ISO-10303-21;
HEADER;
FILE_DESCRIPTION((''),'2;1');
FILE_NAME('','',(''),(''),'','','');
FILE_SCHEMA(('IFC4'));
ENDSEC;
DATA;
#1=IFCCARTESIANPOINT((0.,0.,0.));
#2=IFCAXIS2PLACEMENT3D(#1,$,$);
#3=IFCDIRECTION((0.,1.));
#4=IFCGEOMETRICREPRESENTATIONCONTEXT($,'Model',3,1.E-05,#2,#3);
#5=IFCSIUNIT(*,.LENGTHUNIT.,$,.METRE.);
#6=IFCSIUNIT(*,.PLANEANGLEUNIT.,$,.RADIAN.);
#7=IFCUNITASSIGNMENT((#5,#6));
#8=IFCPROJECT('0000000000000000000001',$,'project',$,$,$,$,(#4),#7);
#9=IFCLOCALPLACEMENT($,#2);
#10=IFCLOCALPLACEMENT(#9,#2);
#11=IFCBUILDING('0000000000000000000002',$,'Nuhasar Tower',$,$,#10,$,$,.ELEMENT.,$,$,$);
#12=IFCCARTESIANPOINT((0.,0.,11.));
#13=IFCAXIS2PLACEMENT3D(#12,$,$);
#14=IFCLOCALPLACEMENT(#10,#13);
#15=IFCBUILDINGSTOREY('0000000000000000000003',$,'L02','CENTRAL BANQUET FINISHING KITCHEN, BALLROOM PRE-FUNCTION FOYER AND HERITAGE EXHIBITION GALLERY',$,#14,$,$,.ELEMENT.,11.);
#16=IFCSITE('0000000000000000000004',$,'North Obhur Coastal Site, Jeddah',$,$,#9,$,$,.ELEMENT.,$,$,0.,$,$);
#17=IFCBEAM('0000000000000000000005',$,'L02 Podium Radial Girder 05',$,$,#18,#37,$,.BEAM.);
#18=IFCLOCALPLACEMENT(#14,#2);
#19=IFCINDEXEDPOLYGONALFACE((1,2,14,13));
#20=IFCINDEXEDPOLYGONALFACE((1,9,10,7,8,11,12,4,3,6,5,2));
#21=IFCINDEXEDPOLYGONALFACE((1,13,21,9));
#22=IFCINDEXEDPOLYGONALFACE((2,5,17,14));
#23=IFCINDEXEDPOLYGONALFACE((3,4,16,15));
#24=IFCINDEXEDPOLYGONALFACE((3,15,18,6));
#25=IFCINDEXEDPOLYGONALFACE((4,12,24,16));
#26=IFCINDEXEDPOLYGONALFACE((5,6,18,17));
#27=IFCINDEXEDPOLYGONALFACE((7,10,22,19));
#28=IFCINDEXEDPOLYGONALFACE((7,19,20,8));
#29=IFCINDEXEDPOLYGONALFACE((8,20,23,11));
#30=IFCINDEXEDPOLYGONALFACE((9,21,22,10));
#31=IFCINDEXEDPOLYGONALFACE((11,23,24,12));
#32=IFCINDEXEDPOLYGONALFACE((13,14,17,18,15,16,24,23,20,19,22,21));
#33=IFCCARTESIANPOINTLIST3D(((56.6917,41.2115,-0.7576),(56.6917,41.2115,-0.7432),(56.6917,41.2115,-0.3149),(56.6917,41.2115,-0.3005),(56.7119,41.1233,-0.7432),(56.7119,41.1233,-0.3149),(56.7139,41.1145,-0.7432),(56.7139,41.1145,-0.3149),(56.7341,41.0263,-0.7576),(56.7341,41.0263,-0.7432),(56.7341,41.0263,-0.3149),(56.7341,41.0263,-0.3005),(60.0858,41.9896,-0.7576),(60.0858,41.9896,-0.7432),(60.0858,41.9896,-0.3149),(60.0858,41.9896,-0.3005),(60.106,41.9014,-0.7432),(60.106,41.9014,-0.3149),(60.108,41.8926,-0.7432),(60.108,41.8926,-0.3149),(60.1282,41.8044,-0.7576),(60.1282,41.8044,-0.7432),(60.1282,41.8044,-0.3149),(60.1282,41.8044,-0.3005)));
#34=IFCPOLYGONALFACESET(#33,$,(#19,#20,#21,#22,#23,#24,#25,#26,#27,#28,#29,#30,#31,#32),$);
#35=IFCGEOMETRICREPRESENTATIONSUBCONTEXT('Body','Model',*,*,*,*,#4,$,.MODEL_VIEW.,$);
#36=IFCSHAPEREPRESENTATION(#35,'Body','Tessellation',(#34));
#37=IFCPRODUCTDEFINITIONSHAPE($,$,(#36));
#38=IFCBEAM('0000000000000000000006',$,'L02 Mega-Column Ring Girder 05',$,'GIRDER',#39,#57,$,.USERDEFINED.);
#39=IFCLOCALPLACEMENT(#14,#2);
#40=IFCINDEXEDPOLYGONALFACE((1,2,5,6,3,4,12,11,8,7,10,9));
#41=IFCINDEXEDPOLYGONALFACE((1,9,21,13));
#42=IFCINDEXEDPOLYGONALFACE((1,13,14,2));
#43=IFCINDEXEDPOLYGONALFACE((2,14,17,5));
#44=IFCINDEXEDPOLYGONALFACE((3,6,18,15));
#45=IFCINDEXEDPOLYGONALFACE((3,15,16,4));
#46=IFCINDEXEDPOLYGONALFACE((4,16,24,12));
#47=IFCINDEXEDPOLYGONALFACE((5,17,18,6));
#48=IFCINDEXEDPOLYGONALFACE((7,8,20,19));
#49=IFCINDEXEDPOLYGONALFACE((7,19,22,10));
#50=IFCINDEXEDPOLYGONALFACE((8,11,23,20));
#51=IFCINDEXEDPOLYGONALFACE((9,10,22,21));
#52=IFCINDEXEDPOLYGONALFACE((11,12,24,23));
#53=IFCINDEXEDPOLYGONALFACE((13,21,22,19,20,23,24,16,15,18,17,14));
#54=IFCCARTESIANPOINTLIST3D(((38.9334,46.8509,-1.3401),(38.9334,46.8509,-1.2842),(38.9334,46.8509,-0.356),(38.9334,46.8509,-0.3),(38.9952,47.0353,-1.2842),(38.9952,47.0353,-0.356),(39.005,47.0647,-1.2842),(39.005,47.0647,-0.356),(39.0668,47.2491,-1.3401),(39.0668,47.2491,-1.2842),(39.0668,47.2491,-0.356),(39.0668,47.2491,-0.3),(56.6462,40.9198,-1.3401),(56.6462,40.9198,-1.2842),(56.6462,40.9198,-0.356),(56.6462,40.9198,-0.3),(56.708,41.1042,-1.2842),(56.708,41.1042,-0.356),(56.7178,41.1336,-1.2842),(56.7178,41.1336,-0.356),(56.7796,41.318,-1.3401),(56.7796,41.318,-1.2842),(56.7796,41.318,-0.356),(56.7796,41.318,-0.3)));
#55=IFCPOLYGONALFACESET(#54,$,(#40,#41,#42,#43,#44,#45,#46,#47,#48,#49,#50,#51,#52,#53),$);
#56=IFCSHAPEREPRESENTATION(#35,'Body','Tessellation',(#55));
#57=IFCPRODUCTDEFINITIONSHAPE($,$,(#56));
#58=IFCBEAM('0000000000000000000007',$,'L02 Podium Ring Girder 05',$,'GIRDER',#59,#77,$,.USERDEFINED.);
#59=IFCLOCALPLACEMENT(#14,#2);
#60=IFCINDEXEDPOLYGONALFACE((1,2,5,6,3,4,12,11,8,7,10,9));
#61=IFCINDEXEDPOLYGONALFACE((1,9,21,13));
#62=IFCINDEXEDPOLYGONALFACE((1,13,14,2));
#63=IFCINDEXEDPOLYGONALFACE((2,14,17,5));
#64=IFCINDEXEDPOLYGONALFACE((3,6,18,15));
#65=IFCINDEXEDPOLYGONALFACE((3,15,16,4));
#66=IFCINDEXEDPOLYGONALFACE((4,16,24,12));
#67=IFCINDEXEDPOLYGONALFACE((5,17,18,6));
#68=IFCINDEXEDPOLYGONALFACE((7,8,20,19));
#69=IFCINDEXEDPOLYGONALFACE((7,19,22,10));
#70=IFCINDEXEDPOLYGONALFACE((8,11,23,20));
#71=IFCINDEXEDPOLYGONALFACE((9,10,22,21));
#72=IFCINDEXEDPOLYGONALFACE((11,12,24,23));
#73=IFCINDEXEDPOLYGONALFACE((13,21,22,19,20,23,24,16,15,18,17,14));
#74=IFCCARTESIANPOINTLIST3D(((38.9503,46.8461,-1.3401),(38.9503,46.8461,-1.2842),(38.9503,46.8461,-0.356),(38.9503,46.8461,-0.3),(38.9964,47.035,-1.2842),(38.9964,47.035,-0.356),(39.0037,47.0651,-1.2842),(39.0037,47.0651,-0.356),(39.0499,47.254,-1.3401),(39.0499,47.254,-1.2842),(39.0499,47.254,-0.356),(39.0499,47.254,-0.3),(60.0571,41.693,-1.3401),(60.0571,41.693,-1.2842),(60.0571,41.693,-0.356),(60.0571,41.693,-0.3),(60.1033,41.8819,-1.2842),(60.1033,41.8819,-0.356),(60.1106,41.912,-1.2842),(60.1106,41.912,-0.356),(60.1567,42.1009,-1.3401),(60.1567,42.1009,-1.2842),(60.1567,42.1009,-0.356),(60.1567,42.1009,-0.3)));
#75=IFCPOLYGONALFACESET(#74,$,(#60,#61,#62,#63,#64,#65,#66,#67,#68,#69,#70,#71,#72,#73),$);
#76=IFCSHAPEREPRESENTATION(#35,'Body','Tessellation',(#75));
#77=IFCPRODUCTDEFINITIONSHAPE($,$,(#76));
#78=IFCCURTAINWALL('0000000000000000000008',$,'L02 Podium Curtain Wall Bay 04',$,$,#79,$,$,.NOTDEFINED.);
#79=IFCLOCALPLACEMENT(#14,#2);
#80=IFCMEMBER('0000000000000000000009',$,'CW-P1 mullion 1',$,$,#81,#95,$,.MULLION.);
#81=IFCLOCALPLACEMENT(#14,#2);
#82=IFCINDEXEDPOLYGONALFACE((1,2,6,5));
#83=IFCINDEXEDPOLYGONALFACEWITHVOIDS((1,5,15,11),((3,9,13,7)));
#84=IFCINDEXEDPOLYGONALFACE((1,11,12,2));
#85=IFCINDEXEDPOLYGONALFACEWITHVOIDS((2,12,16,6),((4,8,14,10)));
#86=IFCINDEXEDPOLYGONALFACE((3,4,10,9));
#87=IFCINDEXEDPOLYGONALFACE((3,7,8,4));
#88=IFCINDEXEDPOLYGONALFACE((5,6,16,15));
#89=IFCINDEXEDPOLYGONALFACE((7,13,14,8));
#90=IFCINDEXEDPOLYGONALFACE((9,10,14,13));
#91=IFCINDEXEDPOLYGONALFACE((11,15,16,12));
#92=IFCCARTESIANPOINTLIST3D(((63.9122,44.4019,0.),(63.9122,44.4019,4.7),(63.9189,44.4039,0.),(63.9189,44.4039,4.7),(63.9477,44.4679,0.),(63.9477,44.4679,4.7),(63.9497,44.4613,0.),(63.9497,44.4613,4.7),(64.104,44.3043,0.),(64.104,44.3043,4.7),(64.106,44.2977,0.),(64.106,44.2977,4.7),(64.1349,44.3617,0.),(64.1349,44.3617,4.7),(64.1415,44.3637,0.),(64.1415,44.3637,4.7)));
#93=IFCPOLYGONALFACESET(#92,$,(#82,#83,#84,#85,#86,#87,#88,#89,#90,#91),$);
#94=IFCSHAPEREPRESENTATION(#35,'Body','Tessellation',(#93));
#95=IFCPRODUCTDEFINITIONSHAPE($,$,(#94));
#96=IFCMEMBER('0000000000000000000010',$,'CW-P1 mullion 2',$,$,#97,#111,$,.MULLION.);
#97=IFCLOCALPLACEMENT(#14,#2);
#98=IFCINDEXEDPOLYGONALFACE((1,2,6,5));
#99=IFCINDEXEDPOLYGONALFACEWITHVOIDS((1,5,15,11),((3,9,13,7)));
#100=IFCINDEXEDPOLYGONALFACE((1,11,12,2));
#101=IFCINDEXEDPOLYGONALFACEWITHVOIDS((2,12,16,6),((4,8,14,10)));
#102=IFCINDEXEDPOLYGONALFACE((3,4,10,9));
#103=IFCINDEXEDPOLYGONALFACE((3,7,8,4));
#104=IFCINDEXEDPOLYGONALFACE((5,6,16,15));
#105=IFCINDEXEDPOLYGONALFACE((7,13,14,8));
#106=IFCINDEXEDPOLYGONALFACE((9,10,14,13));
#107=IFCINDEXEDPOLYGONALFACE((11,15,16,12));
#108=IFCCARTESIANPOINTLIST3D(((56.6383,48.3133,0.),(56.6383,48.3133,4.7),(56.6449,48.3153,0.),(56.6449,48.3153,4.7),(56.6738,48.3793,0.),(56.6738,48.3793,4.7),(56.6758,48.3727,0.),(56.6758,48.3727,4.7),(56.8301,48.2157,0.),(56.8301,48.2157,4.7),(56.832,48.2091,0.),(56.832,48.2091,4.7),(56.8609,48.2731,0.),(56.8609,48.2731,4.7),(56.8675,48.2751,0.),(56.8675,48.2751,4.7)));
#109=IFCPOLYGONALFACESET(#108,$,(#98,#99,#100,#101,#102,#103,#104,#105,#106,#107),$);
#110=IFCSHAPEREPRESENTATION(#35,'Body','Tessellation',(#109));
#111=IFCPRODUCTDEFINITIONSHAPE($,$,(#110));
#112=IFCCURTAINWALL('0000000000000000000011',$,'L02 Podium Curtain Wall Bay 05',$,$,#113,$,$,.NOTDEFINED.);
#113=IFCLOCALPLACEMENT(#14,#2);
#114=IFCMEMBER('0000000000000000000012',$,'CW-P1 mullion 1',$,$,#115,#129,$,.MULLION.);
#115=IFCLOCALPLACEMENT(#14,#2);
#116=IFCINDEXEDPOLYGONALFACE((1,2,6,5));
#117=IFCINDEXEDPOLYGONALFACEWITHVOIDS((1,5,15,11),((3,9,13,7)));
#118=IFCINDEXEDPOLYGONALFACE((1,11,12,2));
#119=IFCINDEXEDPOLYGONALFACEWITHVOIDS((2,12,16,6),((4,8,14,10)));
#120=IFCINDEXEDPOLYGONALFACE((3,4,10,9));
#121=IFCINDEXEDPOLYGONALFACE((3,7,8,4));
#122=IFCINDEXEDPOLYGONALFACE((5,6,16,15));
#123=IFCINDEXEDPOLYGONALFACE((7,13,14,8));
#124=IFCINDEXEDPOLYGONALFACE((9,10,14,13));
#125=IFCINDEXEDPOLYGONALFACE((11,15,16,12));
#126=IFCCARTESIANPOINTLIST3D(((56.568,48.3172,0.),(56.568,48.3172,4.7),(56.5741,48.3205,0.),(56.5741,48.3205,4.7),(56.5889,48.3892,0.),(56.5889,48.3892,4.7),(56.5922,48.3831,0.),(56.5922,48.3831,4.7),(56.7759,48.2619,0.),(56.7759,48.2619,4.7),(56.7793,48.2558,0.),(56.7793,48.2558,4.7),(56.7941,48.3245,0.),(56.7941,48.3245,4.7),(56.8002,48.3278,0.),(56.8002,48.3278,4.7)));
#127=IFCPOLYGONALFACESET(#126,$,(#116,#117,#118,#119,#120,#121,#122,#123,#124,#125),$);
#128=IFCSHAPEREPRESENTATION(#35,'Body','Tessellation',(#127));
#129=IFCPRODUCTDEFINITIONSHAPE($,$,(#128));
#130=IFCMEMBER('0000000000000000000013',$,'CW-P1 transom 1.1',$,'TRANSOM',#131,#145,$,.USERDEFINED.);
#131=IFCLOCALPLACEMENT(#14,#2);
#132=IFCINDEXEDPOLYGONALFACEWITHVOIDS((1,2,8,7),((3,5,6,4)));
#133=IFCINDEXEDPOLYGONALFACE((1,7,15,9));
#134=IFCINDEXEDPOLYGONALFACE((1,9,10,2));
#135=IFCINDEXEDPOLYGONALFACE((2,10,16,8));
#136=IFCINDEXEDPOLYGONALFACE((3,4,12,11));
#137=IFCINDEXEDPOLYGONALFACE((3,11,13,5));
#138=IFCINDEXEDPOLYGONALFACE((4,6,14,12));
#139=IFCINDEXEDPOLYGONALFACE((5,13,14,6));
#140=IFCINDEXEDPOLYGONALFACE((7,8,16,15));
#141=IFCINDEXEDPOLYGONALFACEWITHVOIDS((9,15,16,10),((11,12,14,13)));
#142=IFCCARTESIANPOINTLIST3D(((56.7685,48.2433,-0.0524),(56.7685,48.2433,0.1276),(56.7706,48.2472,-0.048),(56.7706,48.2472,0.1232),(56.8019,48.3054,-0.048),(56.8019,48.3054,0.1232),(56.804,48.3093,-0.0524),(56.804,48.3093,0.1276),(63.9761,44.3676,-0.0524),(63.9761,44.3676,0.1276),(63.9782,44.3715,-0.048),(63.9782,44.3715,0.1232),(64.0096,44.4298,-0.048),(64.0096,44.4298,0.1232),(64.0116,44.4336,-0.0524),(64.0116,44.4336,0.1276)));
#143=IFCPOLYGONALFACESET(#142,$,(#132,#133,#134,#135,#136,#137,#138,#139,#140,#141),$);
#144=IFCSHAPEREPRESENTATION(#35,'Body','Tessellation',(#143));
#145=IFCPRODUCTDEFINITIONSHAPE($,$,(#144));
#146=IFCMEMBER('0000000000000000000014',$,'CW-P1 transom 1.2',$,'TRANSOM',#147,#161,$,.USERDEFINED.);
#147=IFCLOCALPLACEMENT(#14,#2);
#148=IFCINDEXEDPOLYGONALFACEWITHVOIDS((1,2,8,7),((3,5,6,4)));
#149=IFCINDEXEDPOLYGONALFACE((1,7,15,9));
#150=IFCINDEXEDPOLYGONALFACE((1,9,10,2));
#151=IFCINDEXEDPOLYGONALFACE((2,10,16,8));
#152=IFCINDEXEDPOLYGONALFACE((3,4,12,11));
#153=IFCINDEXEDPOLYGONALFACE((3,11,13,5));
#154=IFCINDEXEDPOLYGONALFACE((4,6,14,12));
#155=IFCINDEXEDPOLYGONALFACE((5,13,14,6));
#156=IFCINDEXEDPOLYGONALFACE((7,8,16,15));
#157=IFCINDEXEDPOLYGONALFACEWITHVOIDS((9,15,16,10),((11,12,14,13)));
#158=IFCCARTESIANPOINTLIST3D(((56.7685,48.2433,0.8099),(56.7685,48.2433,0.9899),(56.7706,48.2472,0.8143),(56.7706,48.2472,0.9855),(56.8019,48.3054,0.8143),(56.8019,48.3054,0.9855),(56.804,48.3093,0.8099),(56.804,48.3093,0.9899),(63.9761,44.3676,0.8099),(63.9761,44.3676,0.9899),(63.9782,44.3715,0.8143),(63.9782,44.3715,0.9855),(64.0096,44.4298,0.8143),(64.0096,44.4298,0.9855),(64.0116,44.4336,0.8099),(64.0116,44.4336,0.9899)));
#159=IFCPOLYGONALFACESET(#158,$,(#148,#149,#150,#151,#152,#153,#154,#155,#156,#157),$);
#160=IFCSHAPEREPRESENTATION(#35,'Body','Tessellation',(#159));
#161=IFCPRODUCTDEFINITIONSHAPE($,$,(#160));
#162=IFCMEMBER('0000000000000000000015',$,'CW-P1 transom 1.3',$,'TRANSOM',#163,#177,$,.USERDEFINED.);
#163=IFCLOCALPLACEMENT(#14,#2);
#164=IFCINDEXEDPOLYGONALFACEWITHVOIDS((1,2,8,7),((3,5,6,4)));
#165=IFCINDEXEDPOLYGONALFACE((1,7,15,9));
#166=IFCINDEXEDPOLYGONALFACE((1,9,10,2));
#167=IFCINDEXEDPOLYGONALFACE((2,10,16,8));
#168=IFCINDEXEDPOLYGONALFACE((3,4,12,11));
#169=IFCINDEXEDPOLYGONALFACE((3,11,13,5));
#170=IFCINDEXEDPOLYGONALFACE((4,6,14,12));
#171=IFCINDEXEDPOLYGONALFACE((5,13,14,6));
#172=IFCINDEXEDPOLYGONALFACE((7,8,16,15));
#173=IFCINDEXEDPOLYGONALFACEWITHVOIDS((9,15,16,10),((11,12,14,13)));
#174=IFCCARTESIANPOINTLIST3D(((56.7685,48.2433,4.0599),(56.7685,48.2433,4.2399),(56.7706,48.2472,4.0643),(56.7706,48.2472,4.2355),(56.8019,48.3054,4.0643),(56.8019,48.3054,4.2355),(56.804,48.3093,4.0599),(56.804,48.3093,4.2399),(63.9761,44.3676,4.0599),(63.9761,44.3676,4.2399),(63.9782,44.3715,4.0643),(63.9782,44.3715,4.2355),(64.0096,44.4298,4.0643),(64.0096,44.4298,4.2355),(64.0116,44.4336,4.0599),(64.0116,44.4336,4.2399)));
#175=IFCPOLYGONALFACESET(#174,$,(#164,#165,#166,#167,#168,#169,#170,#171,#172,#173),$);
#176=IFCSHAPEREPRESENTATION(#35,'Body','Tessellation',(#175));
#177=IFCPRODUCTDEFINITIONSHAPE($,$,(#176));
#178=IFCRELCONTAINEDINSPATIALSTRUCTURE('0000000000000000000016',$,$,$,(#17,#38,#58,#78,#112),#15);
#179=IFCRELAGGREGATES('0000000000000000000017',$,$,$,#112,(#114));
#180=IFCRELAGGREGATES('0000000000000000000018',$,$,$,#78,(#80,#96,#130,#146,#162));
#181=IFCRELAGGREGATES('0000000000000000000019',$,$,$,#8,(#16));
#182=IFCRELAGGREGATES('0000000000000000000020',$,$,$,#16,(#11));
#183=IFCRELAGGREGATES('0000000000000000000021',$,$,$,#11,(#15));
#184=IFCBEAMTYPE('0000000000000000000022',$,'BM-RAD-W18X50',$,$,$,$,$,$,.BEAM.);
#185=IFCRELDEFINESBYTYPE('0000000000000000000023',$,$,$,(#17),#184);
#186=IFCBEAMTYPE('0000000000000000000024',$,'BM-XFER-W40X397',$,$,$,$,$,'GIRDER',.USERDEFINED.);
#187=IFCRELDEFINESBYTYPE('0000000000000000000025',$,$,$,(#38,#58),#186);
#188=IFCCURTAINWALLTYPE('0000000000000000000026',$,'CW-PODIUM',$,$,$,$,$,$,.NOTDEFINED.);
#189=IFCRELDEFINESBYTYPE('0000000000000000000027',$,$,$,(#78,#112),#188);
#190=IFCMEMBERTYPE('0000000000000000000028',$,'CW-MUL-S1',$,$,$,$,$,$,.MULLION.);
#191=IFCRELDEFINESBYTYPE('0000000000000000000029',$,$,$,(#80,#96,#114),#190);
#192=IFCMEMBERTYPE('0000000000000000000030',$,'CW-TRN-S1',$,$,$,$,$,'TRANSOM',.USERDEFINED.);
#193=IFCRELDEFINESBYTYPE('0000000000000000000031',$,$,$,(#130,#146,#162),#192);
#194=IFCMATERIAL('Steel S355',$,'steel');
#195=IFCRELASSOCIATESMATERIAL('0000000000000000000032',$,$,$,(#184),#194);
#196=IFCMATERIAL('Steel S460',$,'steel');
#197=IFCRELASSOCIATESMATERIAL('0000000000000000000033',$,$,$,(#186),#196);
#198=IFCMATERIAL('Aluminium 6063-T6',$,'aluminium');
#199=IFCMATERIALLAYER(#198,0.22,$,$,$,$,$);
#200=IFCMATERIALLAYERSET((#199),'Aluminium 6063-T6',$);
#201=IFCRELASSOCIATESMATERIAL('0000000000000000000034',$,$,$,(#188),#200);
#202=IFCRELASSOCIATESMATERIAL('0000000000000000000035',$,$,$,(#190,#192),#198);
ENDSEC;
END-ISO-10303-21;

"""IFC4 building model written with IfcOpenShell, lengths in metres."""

from ifc_helpers import new_model, si_unit, direction, frame, origin, origin_2d, place, context, subcontext, project, spatial, hollow_rectangle, i_section, extrude, material, layer, layer_set, material_profile, profile_set, type_object, element, aggregate, save


model = new_model("IFC4")

# Units and contexts
model_context = context("Model", 3, precision=1e-05, world=origin(), true_north=direction((0.0, 1.0)))
body_context = subcontext(model_context, "Body", "Model", "MODEL_VIEW")
ifc_project = project(units=[si_unit("LENGTHUNIT", "METRE"), si_unit("PLANEANGLEUNIT", "RADIAN")], contexts=[model_context])

# Site, building, storey
site_placement = place(None, origin())
site = spatial("IfcSite", under=ifc_project, at=site_placement, Name="North Obhur Coastal Site, Jeddah", CompositionType="ELEMENT", RefElevation=0.0)
building_placement = place(site_placement, origin())
building = spatial("IfcBuilding", under=site, at=building_placement, Name="Nuhasar Tower", CompositionType="ELEMENT")
storey_placement = place(building_placement, frame((0.0, 0.0, 11.0)))
storey = spatial("IfcBuildingStorey", under=building, at=storey_placement, Name="L02", Description="CENTRAL BANQUET FINISHING KITCHEN, BALLROOM PRE-FUNCTION FOYER AND HERITAGE EXHIBITION GALLERY", CompositionType="ELEMENT", Elevation=11.0)

# Beams
ifc_material_1 = material(Name="Steel S355", Category="steel")
ifc_material_profile_1 = material_profile(ifc_material_1, i_section(OverallWidth=0.1899, OverallDepth=0.457, WebThickness=0.009, FlangeThickness=0.0144, at=origin_2d()), Name="W18X50")
ifc_profile_set_1 = profile_set([ifc_material_profile_1], Name="Steel S355")
beam_type_1 = type_object("IfcBeamType", Name="BM-RAD-W18X50", PredefinedType="BEAM", material=ifc_profile_set_1)
beam_1_placement = place(storey_placement, frame((56.7129, 41.1189, -0.5291), z_axis=(0.974715, 0.223451, 0.0), x_axis=(-0.223451, 0.974715, 0.0)))
element("IfcBeam", 1, at=beam_1_placement, inside=storey, type_object=beam_type_1, Name="L02 Podium Radial Girder 05", PredefinedType="BEAM", context=body_context, shape_type="SweptSolid", body=[
    extrude(i_section(OverallWidth=0.1899, OverallDepth=0.457, WebThickness=0.009, FlangeThickness=0.0144, at=origin_2d()), origin(), (0.0, 0.0, 1.0), 3.4822),
])
ifc_material_2 = material(Name="Steel S460", Category="steel")
ifc_material_profile_2 = material_profile(ifc_material_2, i_section(OverallWidth=0.4199, OverallDepth=1.04, WebThickness=0.031, FlangeThickness=0.0559, at=origin_2d()), Name="W40X397")
ifc_profile_set_2 = profile_set([ifc_material_profile_2], Name="Steel S460")
beam_type_2 = type_object("IfcBeamType", Name="BM-XFER-W40X397", ElementType="GIRDER", PredefinedType="USERDEFINED", material=ifc_profile_set_2)
beam_2_placement = place(storey_placement, frame((56.7129, 41.1189, -0.8201), z_axis=(-0.948251, 0.317521, 0.0), x_axis=(-0.317521, -0.948251, 0.0)))
element("IfcBeam", 2, at=beam_2_placement, inside=storey, type_object=beam_type_2, Name="L02 Mega-Column Ring Girder 05", ObjectType="GIRDER", PredefinedType="USERDEFINED", context=body_context, shape_type="SweptSolid", body=[
    extrude(i_section(OverallWidth=0.4199, OverallDepth=1.04, WebThickness=0.031, FlangeThickness=0.0559, at=origin_2d()), origin(), (0.0, 0.0, 1.0), 18.6794),
])
beam_3_placement = place(storey_placement, frame((60.1069, 41.897, -0.8201), z_axis=(-0.971467, 0.237175, 0.0), x_axis=(-0.237175, -0.971467, 0.0)))
element("IfcBeam", 3, at=beam_3_placement, inside=storey, type_object=beam_type_2, Name="L02 Podium Ring Girder 05", ObjectType="GIRDER", PredefinedType="USERDEFINED", context=body_context, shape_type="SweptSolid", body=[
    extrude(i_section(OverallWidth=0.4199, OverallDepth=1.04, WebThickness=0.031, FlangeThickness=0.0559, at=origin_2d()), origin(), (0.0, 0.0, 1.0), 21.7268),
])

# Curtain wall, members
ifc_material_3 = material(Name="Aluminium 6063-T6", Category="aluminium")
ifc_layer_1 = layer(ifc_material_3, 0.22)
ifc_layer_set_1 = layer_set([ifc_layer_1], Name="Aluminium 6063-T6")
curtain_wall_type = type_object("IfcCurtainWallType", Name="CW-PODIUM", PredefinedType="NOTDEFINED", material=ifc_layer_set_1)
curtain_wall_1_placement = place(storey_placement, origin())
curtain_wall_1 = element("IfcCurtainWall", 4, at=curtain_wall_1_placement, inside=storey, type_object=curtain_wall_type, Name="L02 Podium Curtain Wall Bay 04", PredefinedType="NOTDEFINED")
ifc_material_profile_3 = material_profile(ifc_material_3, hollow_rectangle(XDim=0.075, YDim=0.22, WallThickness=0.0049, at=origin_2d()), Name="CWM-1")
ifc_profile_set_3 = profile_set([ifc_material_profile_3], Name="Aluminium 6063-T6")
member_type_1 = type_object("IfcMemberType", Name="CW-MUL-S1", PredefinedType="MULLION", material=ifc_profile_set_3)
member_1_placement = place(storey_placement, frame((64.0269, 44.3828, 0.0), z_axis=(0.0, 0.0, 1.0), x_axis=(-0.473606, -0.880737, 0.0)))
member_1 = element("IfcMember", 5, at=member_1_placement, type_object=member_type_1, Name="CW-P1 mullion 1", PredefinedType="MULLION", context=body_context, shape_type="SweptSolid", body=[
    extrude(hollow_rectangle(XDim=0.075, YDim=0.22, WallThickness=0.0049, at=origin_2d()), origin(), (0.0, 0.0, 1.0), 4.7),
])
member_2_placement = place(storey_placement, frame((56.7529, 48.2942, 0.0), z_axis=(0.0, 0.0, 1.0), x_axis=(-0.473606, -0.880737, 0.0)))
member_2 = element("IfcMember", 6, at=member_2_placement, type_object=member_type_1, Name="CW-P1 mullion 2", PredefinedType="MULLION", context=body_context, shape_type="SweptSolid", body=[
    extrude(hollow_rectangle(XDim=0.075, YDim=0.22, WallThickness=0.0049, at=origin_2d()), origin(), (0.0, 0.0, 1.0), 4.7),
])

# Curtain wall, member
curtain_wall_2_placement = place(storey_placement, origin())
curtain_wall_2 = element("IfcCurtainWall", 7, at=curtain_wall_2_placement, inside=storey, type_object=curtain_wall_type, Name="L02 Podium Curtain Wall Bay 05", PredefinedType="NOTDEFINED")
member_3_placement = place(storey_placement, frame((56.6841, 48.3225, 0.0), z_axis=(0.0, 0.0, 1.0), x_axis=(-0.278874, -0.960328, 0.0)))
member_3 = element("IfcMember", 8, at=member_3_placement, type_object=member_type_1, Name="CW-P1 mullion 1", PredefinedType="MULLION", context=body_context, shape_type="SweptSolid", body=[
    extrude(hollow_rectangle(XDim=0.075, YDim=0.22, WallThickness=0.0049, at=origin_2d()), origin(), (0.0, 0.0, 1.0), 4.7),
])

# Members
ifc_material_profile_4 = material_profile(ifc_material_3, hollow_rectangle(XDim=0.075, YDim=0.1799, WallThickness=0.0044, at=origin_2d()), Name="CWT-1")
ifc_profile_set_4 = profile_set([ifc_material_profile_4], Name="Aluminium 6063-T6")
member_type_2 = type_object("IfcMemberType", Name="CW-TRN-S1", ElementType="TRANSOM", PredefinedType="USERDEFINED", material=ifc_profile_set_4)
member_4_placement = place(storey_placement, frame((63.9939, 44.4006, 0.0376), z_axis=(-0.880745, 0.473591, 0.0), x_axis=(-0.473591, -0.880745, 0.0)))
member_4 = element("IfcMember", 9, at=member_4_placement, type_object=member_type_2, Name="CW-P1 transom 1.1", ObjectType="TRANSOM", PredefinedType="USERDEFINED", context=body_context, shape_type="SweptSolid", body=[
    extrude(hollow_rectangle(XDim=0.075, YDim=0.1799, WallThickness=0.0044, at=origin_2d()), origin(), (0.0, 0.0, 1.0), 8.1836),
])
member_5_placement = place(storey_placement, frame((63.9939, 44.4006, 0.8999), z_axis=(-0.880745, 0.473591, 0.0), x_axis=(-0.473591, -0.880745, 0.0)))
member_5 = element("IfcMember", 10, at=member_5_placement, type_object=member_type_2, Name="CW-P1 transom 1.2", ObjectType="TRANSOM", PredefinedType="USERDEFINED", context=body_context, shape_type="SweptSolid", body=[
    extrude(hollow_rectangle(XDim=0.075, YDim=0.1799, WallThickness=0.0044, at=origin_2d()), origin(), (0.0, 0.0, 1.0), 8.1836),
])
member_6_placement = place(storey_placement, frame((63.9939, 44.4006, 4.1499), z_axis=(-0.880745, 0.473591, 0.0), x_axis=(-0.473591, -0.880745, 0.0)))
member_6 = element("IfcMember", 11, at=member_6_placement, type_object=member_type_2, Name="CW-P1 transom 1.3", ObjectType="TRANSOM", PredefinedType="USERDEFINED", context=body_context, shape_type="SweptSolid", body=[
    extrude(hollow_rectangle(XDim=0.075, YDim=0.1799, WallThickness=0.0044, at=origin_2d()), origin(), (0.0, 0.0, 1.0), 8.1836),
])
aggregate(curtain_wall_2, [member_3])

aggregate(curtain_wall_1, [member_1, member_2, member_4, member_5, member_6])

save(model, "model.ifc")
